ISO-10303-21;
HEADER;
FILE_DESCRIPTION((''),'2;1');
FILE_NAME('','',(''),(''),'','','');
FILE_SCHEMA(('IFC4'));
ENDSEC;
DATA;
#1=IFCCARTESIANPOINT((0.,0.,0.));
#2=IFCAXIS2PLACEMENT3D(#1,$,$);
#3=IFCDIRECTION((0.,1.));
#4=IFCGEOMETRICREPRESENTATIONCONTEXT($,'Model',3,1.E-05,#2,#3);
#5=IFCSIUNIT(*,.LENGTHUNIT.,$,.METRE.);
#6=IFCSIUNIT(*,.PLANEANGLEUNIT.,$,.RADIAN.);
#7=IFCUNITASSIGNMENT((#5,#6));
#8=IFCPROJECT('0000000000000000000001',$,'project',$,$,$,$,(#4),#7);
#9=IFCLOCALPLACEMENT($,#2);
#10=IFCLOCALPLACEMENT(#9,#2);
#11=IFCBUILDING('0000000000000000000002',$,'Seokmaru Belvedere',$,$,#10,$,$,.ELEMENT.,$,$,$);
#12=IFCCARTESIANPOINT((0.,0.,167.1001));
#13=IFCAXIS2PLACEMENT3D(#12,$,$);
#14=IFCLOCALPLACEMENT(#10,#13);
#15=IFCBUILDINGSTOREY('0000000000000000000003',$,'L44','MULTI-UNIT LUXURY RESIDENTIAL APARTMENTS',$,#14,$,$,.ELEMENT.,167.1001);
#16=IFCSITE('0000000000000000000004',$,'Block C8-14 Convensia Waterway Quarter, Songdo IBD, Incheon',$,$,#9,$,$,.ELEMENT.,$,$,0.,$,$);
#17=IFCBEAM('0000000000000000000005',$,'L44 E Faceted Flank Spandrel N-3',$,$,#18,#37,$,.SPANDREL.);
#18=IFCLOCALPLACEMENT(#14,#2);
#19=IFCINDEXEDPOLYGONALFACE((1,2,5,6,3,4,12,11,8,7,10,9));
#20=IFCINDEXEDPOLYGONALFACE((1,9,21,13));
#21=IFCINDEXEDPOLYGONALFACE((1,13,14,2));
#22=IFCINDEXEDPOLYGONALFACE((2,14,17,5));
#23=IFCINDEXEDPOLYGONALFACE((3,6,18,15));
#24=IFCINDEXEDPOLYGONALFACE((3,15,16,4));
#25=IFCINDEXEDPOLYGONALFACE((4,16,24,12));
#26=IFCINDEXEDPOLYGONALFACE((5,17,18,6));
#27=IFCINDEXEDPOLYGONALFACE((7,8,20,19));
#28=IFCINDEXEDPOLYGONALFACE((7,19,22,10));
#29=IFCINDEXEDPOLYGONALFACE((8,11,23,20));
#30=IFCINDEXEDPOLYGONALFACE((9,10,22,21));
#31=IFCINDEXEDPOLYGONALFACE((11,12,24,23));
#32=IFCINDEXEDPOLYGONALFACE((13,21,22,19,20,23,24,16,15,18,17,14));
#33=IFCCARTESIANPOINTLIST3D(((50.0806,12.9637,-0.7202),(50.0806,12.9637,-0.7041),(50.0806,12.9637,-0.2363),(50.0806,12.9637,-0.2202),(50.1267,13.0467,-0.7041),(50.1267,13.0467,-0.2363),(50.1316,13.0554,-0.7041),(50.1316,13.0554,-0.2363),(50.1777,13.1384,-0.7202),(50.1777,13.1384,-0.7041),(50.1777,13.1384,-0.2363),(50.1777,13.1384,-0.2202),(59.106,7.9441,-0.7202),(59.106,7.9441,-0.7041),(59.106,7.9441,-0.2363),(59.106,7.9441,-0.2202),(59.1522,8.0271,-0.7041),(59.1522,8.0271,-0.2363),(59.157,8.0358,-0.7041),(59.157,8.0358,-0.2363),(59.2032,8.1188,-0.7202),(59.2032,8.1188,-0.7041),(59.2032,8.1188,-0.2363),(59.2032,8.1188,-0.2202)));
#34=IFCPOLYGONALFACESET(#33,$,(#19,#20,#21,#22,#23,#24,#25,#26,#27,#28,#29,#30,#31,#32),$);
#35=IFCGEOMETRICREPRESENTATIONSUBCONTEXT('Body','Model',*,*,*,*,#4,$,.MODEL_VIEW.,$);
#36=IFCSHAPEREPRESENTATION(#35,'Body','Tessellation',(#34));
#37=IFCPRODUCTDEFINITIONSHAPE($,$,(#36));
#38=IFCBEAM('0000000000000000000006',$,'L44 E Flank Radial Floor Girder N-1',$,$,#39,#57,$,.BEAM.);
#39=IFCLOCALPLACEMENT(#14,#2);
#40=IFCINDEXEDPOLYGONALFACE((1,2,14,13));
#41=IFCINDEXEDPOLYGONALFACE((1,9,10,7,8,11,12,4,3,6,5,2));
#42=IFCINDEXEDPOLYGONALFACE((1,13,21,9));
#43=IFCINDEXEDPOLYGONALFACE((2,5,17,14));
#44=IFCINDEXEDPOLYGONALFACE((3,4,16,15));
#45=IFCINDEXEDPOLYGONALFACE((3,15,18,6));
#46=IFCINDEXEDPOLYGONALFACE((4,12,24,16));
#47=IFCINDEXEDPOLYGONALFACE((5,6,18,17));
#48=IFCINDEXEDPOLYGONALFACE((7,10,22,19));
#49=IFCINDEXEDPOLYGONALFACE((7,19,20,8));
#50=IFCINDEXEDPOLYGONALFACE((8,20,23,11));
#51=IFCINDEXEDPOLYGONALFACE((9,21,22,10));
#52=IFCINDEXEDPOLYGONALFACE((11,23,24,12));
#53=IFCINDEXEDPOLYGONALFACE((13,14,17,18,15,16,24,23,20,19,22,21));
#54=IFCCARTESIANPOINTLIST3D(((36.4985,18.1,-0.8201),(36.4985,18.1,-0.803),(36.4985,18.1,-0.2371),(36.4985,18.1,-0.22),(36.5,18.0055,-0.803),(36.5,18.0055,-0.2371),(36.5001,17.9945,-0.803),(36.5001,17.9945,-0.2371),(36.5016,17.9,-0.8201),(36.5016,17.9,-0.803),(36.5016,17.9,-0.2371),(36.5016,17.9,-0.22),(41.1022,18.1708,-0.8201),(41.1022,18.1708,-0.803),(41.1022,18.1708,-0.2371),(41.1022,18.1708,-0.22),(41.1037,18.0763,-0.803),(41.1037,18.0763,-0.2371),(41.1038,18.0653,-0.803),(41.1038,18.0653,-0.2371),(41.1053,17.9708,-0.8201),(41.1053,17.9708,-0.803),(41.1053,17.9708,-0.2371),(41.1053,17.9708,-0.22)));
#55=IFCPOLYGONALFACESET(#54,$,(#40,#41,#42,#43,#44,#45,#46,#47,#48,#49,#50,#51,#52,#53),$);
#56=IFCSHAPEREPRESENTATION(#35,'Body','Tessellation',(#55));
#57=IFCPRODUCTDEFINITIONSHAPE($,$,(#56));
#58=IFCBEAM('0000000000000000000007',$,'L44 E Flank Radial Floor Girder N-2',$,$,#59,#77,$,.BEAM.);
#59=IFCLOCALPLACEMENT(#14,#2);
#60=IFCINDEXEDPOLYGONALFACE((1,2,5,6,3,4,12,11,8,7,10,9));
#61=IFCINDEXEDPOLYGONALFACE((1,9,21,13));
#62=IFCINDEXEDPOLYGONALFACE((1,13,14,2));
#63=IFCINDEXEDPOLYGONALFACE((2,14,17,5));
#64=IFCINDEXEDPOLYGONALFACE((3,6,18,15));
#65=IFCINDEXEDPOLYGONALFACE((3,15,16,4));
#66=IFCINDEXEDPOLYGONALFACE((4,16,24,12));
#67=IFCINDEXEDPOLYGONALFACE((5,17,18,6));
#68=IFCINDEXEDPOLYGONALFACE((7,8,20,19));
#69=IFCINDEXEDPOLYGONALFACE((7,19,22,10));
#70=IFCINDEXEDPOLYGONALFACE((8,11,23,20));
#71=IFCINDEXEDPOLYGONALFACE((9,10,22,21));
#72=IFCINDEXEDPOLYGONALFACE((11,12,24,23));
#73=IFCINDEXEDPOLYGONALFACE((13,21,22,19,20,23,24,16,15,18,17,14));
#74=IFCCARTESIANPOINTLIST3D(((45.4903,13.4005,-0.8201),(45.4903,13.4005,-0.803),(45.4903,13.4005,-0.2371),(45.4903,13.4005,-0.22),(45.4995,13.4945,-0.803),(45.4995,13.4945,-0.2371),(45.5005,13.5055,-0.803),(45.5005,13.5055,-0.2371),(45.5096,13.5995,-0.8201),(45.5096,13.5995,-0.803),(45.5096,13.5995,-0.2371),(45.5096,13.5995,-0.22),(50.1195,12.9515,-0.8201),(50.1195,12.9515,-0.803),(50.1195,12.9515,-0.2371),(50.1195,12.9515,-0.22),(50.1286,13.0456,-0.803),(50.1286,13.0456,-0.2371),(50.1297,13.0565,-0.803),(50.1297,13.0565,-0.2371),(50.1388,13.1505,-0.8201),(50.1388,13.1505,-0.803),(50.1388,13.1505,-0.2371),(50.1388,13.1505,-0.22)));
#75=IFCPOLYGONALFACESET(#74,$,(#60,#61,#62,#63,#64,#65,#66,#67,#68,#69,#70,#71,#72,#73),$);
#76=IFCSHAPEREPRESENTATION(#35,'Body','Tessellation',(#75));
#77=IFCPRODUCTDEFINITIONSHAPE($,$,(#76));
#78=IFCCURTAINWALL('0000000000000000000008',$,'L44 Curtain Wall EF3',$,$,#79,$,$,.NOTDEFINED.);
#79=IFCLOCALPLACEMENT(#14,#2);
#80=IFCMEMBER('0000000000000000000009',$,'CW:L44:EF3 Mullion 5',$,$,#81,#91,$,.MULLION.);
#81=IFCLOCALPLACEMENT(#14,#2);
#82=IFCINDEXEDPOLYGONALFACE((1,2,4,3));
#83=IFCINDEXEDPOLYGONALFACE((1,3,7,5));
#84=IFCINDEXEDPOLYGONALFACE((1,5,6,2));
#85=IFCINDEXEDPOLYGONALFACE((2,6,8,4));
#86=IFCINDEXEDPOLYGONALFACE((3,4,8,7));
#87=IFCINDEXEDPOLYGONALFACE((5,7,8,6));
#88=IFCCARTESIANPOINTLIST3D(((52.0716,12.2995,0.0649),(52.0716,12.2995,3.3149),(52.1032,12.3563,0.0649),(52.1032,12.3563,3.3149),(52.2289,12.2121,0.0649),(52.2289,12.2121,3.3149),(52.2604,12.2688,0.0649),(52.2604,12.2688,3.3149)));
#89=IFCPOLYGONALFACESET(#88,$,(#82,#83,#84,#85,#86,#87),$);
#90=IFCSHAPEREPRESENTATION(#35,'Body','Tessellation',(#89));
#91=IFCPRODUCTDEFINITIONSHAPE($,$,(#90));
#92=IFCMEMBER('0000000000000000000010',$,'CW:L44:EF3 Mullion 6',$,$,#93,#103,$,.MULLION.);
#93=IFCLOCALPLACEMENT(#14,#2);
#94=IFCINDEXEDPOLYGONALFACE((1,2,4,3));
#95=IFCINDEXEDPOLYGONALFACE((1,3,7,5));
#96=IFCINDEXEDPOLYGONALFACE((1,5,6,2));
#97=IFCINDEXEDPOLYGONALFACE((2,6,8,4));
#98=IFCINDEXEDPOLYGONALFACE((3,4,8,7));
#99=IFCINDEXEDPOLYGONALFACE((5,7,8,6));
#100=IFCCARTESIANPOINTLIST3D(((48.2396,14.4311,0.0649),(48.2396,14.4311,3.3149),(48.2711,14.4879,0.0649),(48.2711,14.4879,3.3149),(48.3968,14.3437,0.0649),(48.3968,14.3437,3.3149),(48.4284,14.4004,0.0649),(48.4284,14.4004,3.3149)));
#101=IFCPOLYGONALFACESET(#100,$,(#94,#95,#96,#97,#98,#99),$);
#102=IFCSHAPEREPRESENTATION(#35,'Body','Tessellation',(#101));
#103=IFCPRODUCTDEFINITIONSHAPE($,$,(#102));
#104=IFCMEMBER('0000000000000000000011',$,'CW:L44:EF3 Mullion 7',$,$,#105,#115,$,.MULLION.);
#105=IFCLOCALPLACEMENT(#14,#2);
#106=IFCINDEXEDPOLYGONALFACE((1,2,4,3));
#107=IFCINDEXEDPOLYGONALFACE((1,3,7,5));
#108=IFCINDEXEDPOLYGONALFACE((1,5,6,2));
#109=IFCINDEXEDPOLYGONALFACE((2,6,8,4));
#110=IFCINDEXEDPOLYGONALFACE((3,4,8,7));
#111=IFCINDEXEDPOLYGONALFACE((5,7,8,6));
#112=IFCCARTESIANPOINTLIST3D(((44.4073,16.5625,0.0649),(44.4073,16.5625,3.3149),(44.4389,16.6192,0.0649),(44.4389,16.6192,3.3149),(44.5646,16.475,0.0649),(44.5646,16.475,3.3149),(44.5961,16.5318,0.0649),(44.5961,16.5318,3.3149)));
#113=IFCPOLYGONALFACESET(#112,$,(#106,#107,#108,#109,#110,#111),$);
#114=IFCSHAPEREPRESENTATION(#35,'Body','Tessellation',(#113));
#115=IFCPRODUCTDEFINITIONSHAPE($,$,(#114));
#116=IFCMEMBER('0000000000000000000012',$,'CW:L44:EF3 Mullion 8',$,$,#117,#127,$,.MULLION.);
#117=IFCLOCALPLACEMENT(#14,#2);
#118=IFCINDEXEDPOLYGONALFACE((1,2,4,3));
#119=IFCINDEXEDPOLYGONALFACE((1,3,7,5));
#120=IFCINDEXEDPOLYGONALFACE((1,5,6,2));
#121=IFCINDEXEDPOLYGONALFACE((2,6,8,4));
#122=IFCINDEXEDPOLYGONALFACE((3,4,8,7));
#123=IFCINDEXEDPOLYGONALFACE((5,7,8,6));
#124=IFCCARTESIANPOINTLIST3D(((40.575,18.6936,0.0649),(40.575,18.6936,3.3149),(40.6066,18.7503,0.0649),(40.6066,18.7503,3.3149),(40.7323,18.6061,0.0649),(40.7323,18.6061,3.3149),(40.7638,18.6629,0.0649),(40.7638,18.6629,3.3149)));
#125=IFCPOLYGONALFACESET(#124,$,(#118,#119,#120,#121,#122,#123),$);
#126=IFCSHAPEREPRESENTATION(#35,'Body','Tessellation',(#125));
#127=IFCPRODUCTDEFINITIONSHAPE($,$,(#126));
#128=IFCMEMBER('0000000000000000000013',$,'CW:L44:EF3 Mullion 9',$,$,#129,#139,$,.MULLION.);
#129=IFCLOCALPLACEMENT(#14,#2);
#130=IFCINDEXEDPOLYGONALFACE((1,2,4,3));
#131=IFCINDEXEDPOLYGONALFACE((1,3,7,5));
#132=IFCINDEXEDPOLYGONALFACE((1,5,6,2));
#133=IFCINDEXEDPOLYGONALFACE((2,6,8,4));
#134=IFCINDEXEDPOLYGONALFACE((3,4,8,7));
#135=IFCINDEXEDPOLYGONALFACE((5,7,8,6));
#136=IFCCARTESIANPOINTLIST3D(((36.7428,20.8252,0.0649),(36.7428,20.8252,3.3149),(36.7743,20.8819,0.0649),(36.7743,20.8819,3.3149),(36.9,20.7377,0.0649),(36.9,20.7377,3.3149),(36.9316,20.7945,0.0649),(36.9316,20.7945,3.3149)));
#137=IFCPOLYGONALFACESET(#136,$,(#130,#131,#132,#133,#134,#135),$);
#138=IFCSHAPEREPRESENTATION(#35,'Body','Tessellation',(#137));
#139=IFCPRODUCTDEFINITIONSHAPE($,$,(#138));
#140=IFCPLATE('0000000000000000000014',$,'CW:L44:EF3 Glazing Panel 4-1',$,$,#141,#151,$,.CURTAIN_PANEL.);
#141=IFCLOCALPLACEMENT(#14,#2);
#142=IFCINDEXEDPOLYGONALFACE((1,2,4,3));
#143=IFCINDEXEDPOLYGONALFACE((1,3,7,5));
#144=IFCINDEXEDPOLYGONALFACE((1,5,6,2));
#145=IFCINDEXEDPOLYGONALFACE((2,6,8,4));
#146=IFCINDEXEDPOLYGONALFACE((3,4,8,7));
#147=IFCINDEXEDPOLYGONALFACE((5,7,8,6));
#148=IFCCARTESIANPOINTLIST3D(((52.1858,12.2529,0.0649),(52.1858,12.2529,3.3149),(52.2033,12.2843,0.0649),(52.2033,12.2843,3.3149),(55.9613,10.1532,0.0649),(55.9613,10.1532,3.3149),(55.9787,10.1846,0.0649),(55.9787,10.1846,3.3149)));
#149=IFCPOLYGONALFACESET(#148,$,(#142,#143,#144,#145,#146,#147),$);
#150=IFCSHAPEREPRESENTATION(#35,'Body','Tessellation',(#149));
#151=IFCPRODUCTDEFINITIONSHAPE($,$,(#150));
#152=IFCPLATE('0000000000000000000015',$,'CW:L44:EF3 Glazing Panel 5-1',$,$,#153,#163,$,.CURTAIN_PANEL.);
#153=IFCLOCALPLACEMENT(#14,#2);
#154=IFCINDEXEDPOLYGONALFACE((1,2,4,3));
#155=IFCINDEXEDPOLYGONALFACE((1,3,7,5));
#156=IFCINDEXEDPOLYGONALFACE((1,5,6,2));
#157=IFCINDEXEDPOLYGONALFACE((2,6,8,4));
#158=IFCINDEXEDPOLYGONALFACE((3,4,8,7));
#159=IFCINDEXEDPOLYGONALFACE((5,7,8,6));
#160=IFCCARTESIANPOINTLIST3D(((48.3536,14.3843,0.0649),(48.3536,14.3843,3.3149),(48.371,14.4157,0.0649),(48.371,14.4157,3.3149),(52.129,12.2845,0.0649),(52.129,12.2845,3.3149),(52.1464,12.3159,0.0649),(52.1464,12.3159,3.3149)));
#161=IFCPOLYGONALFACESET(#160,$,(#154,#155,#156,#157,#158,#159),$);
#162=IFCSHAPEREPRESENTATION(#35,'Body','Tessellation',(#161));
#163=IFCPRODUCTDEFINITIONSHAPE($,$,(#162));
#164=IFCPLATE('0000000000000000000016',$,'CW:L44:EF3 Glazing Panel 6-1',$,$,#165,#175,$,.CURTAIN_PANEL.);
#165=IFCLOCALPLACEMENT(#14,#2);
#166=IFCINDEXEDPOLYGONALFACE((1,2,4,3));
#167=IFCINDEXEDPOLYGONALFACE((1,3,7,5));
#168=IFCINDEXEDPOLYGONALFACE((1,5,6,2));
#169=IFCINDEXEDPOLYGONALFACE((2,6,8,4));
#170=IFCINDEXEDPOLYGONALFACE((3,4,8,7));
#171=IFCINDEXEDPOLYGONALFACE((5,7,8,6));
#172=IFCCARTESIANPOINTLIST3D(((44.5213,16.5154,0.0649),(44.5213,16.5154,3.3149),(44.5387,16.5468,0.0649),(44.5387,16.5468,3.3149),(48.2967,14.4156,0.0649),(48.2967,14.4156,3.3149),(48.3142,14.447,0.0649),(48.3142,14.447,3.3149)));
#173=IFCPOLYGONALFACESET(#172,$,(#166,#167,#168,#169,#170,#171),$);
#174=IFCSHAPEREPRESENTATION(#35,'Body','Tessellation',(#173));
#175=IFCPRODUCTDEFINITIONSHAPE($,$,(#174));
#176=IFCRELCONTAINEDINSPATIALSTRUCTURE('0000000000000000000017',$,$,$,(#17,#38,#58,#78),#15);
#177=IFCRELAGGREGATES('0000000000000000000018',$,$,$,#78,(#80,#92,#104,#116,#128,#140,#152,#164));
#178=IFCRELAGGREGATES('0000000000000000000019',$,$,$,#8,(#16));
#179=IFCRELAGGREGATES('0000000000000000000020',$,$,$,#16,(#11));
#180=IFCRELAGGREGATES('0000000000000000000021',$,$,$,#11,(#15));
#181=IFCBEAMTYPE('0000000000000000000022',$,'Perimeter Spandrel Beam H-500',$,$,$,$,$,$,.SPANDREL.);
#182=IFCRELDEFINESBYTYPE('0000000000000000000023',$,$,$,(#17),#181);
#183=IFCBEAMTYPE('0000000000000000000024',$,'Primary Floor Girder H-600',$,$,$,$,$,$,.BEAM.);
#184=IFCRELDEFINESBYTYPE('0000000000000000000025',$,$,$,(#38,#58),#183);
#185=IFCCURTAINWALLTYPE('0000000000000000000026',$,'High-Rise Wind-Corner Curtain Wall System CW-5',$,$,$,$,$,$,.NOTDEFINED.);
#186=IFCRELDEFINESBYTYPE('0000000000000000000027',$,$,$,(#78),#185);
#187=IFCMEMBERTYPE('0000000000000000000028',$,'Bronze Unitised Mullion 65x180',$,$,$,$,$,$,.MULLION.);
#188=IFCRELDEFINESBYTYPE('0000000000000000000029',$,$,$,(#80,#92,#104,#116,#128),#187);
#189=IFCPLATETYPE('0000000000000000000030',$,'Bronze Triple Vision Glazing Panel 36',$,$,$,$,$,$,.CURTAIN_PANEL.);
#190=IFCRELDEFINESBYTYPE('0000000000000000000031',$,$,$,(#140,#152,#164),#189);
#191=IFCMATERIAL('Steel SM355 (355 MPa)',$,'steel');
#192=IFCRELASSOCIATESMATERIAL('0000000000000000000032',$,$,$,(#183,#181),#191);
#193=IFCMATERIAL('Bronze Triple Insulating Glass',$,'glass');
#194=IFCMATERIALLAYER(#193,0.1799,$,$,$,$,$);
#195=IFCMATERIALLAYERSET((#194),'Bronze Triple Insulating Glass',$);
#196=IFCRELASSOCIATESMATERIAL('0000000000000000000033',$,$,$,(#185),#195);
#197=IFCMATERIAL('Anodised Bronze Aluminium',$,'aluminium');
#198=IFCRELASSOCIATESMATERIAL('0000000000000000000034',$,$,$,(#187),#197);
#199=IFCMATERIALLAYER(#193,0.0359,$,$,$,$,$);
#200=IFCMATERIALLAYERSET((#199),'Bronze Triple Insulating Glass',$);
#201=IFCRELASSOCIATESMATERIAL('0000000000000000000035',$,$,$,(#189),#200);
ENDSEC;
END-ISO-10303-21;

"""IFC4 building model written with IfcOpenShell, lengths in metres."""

from ifc_helpers import new_model, si_unit, direction, frame, origin, origin_2d, place, context, subcontext, project, spatial, rectangle, i_section, extrude, source, transform, mapped, material, layer, layer_set, material_profile, profile_set, type_object, type_shapes, element, aggregate, save


model = new_model("IFC4")

# Units and contexts
model_context = context("Model", 3, precision=1e-05, world=origin(), true_north=direction((0.0, 1.0)))
body_context = subcontext(model_context, "Body", "Model", "MODEL_VIEW")
ifc_project = project(units=[si_unit("LENGTHUNIT", "METRE"), si_unit("PLANEANGLEUNIT", "RADIAN")], contexts=[model_context])

# Site, building, storey
site_placement = place(None, origin())
site = spatial("IfcSite", under=ifc_project, at=site_placement, Name="Block C8-14 Convensia Waterway Quarter, Songdo IBD, Incheon", CompositionType="ELEMENT", RefElevation=0.0)
building_placement = place(site_placement, origin())
building = spatial("IfcBuilding", under=site, at=building_placement, Name="Seokmaru Belvedere", CompositionType="ELEMENT")
storey_placement = place(building_placement, frame((0.0, 0.0, 167.1001)))
storey = spatial("IfcBuildingStorey", under=building, at=storey_placement, Name="L44", Description="MULTI-UNIT LUXURY RESIDENTIAL APARTMENTS", CompositionType="ELEMENT", Elevation=167.1001)

# Shared definitions
ifc_material_1 = material(Name="Steel SM355 (355 MPa)", Category="steel")

# Beams
ifc_material_profile_1 = material_profile(ifc_material_1, i_section(OverallWidth=0.2, OverallDepth=0.6001, WebThickness=0.011, FlangeThickness=0.0171, at=origin_2d()), Name="H-600x200x11x17")
ifc_profile_set_1 = profile_set([ifc_material_profile_1], Name="Steel SM355 (355 MPa)")
beam_type_1 = type_object("IfcBeamType", Name="Primary Floor Girder H-600", PredefinedType="BEAM", material=ifc_profile_set_1)
ifc_material_profile_2 = material_profile(ifc_material_1, i_section(OverallWidth=0.2, OverallDepth=0.5, WebThickness=0.01, FlangeThickness=0.0161, at=origin_2d()), Name="H-500x200x10x16")
ifc_profile_set_2 = profile_set([ifc_material_profile_2], Name="Steel SM355 (355 MPa)")
beam_type_2 = type_object("IfcBeamType", Name="Perimeter Spandrel Beam H-500", PredefinedType="SPANDREL", material=ifc_profile_set_2)
shared_shape_1 = source(origin(), body_context, "Body", "SweptSolid", [
    extrude(i_section(OverallWidth=0.2, OverallDepth=0.5, WebThickness=0.01, FlangeThickness=0.0161, at=origin_2d()), origin(), (0.0, 0.0, 1.0), 10.3274),
])
type_shapes(beam_type_2, [shared_shape_1])
for number, where, z_axis, x_axis, name in (
    (1, (50.1292, 13.051, -0.4702), (0.873934, -0.486044, 0.0), (0.486044, 0.873934, 0.0), "L44 E Faceted Flank Spandrel N-3"),
):
    element("IfcBeam", number, at=place(storey_placement, frame(where, z_axis=z_axis, x_axis=x_axis)), inside=storey, type_object=beam_type_2, Name=name, PredefinedType="SPANDREL", context=body_context, shape_type="MappedRepresentation", body=[
        mapped(shared_shape_1, transform((0.0, 0.0, 0.0), scale=1.0)),
    ])
shared_shape_2 = source(origin(), body_context, "Body", "SweptSolid", [
    extrude(i_section(OverallWidth=0.2, OverallDepth=0.6001, WebThickness=0.011, FlangeThickness=0.0171, at=origin_2d()), origin(), (0.0, 0.0, 1.0), 4.6042),
])
beam_1_placement = place(storey_placement, frame((41.1038, 18.0708, -0.52), z_axis=(-0.999882, -0.015377, 0.0), x_axis=(0.015377, -0.999882, 0.0)))
element("IfcBeam", 2, at=beam_1_placement, inside=storey, type_object=beam_type_1, Name="L44 E Flank Radial Floor Girder N-1", PredefinedType="BEAM", context=body_context, shape_type="MappedRepresentation", body=[
    mapped(shared_shape_2, transform((0.0, 0.0, 0.0), scale=1.0)),
])
shared_shape_3 = source(origin(), body_context, "Body", "SweptSolid", [
    extrude(i_section(OverallWidth=0.2, OverallDepth=0.6001, WebThickness=0.011, FlangeThickness=0.0171, at=origin_2d()), origin(), (0.0, 0.0, 1.0), 4.6509),
])
beam_2_placement = place(storey_placement, frame((50.1292, 13.051, -0.52), z_axis=(-0.99533, 0.096536, 0.0), x_axis=(-0.096536, -0.99533, 0.0)))
element("IfcBeam", 3, at=beam_2_placement, inside=storey, type_object=beam_type_1, Name="L44 E Flank Radial Floor Girder N-2", PredefinedType="BEAM", context=body_context, shape_type="MappedRepresentation", body=[
    mapped(shared_shape_3, transform((0.0, 0.0, 0.0), scale=1.0)),
])

# Curtain wall, members, plates
ifc_material_2 = material(Name="Bronze Triple Insulating Glass", Category="glass")
ifc_layer_1 = layer(ifc_material_2, 0.1799)
ifc_layer_set_1 = layer_set([ifc_layer_1], Name="Bronze Triple Insulating Glass")
curtain_wall_type = type_object("IfcCurtainWallType", Name="High-Rise Wind-Corner Curtain Wall System CW-5", PredefinedType="NOTDEFINED", material=ifc_layer_set_1)
curtain_wall_placement = place(storey_placement, origin())
curtain_wall = element("IfcCurtainWall", 4, at=curtain_wall_placement, inside=storey, type_object=curtain_wall_type, Name="L44 Curtain Wall EF3", PredefinedType="NOTDEFINED")
ifc_material_3 = material(Name="Anodised Bronze Aluminium", Category="aluminium")
ifc_material_profile_3 = material_profile(ifc_material_3, rectangle(XDim=0.0649, YDim=0.1799, at=origin_2d()), Name="CW-M-65x180")
ifc_profile_set_3 = profile_set([ifc_material_profile_3], Name="Anodised Bronze Aluminium")
member_type = type_object("IfcMemberType", Name="Bronze Unitised Mullion 65x180", PredefinedType="MULLION", material=ifc_profile_set_3)
shared_shape_4 = source(origin(), body_context, "Body", "SweptSolid", [
    extrude(rectangle(XDim=0.0649, YDim=0.1799, at=origin_2d()), origin(), (0.0, 0.0, 1.0), 3.25),
])
type_shapes(member_type, [shared_shape_4])
member_1_placement = place(storey_placement, frame((52.166, 12.2842, 0.0649), z_axis=(0.0, 0.0, 1.0), x_axis=(-0.486047, -0.873933, 0.0)))
member_1 = element("IfcMember", 5, at=member_1_placement, type_object=member_type, Name="CW:L44:EF3 Mullion 5", PredefinedType="MULLION", context=body_context, shape_type="MappedRepresentation", body=[
    mapped(shared_shape_4, transform((0.0, 0.0, 0.0), scale=1.0)),
])
member_2_placement = place(storey_placement, frame((48.334, 14.4158, 0.0649), z_axis=(0.0, 0.0, 1.0), x_axis=(-0.486047, -0.873933, 0.0)))
member_2 = element("IfcMember", 6, at=member_2_placement, type_object=member_type, Name="CW:L44:EF3 Mullion 6", PredefinedType="MULLION", context=body_context, shape_type="MappedRepresentation", body=[
    mapped(shared_shape_4, transform((0.0, 0.0, 0.0), scale=1.0)),
])
member_3_placement = place(storey_placement, frame((44.5017, 16.5471, 0.0649), z_axis=(0.0, 0.0, 1.0), x_axis=(-0.486047, -0.873933, 0.0)))
member_3 = element("IfcMember", 7, at=member_3_placement, type_object=member_type, Name="CW:L44:EF3 Mullion 7", PredefinedType="MULLION", context=body_context, shape_type="MappedRepresentation", body=[
    mapped(shared_shape_4, transform((0.0, 0.0, 0.0), scale=1.0)),
])
member_4_placement = place(storey_placement, frame((40.6694, 18.6782, 0.0649), z_axis=(0.0, 0.0, 1.0), x_axis=(-0.486047, -0.873933, 0.0)))
member_4 = element("IfcMember", 8, at=member_4_placement, type_object=member_type, Name="CW:L44:EF3 Mullion 8", PredefinedType="MULLION", context=body_context, shape_type="MappedRepresentation", body=[
    mapped(shared_shape_4, transform((0.0, 0.0, 0.0), scale=1.0)),
])
member_5_placement = place(storey_placement, frame((36.8372, 20.8098, 0.0649), z_axis=(0.0, 0.0, 1.0), x_axis=(-0.486047, -0.873933, 0.0)))
member_5 = element("IfcMember", 9, at=member_5_placement, type_object=member_type, Name="CW:L44:EF3 Mullion 9", PredefinedType="MULLION", context=body_context, shape_type="MappedRepresentation", body=[
    mapped(shared_shape_4, transform((0.0, 0.0, 0.0), scale=1.0)),
])
ifc_layer_2 = layer(ifc_material_2, 0.0359)
ifc_layer_set_2 = layer_set([ifc_layer_2], Name="Bronze Triple Insulating Glass")
plate_type = type_object("IfcPlateType", Name="Bronze Triple Vision Glazing Panel 36", PredefinedType="CURTAIN_PANEL", material=ifc_layer_set_2)
shared_shape_5 = source(origin(), body_context, "Body", "SweptSolid", [
    extrude(rectangle(XDim=4.3201, YDim=0.0359, at=origin_2d()), origin(), (0.0, 0.0, 1.0), 3.25),
])
type_shapes(plate_type, [shared_shape_5])
plate_1_placement = place(storey_placement, frame((54.0823, 11.2188, 0.0649), z_axis=(0.0, 0.0, 1.0), x_axis=(-0.873933, 0.486047, 0.0)))
plate_1 = element("IfcPlate", 10, at=plate_1_placement, type_object=plate_type, Name="CW:L44:EF3 Glazing Panel 4-1", PredefinedType="CURTAIN_PANEL", context=body_context, shape_type="MappedRepresentation", body=[
    mapped(shared_shape_5, transform((0.0, 0.0, 0.0), scale=1.0)),
])
plate_2_placement = place(storey_placement, frame((50.25, 13.3501, 0.0649), z_axis=(0.0, 0.0, 1.0), x_axis=(-0.873933, 0.486047, 0.0)))
plate_2 = element("IfcPlate", 11, at=plate_2_placement, type_object=plate_type, Name="CW:L44:EF3 Glazing Panel 5-1", PredefinedType="CURTAIN_PANEL", context=body_context, shape_type="MappedRepresentation", body=[
    mapped(shared_shape_5, transform((0.0, 0.0, 0.0), scale=1.0)),
])
plate_3_placement = place(storey_placement, frame((46.4177, 15.4812, 0.0649), z_axis=(0.0, 0.0, 1.0), x_axis=(-0.873933, 0.486047, 0.0)))
plate_3 = element("IfcPlate", 12, at=plate_3_placement, type_object=plate_type, Name="CW:L44:EF3 Glazing Panel 6-1", PredefinedType="CURTAIN_PANEL", context=body_context, shape_type="MappedRepresentation", body=[
    mapped(shared_shape_5, transform((0.0, 0.0, 0.0), scale=1.0)),
])
aggregate(curtain_wall, [member_1, member_2, member_3, member_4, member_5, plate_1, plate_2, plate_3])

save(model, "model.ifc")
